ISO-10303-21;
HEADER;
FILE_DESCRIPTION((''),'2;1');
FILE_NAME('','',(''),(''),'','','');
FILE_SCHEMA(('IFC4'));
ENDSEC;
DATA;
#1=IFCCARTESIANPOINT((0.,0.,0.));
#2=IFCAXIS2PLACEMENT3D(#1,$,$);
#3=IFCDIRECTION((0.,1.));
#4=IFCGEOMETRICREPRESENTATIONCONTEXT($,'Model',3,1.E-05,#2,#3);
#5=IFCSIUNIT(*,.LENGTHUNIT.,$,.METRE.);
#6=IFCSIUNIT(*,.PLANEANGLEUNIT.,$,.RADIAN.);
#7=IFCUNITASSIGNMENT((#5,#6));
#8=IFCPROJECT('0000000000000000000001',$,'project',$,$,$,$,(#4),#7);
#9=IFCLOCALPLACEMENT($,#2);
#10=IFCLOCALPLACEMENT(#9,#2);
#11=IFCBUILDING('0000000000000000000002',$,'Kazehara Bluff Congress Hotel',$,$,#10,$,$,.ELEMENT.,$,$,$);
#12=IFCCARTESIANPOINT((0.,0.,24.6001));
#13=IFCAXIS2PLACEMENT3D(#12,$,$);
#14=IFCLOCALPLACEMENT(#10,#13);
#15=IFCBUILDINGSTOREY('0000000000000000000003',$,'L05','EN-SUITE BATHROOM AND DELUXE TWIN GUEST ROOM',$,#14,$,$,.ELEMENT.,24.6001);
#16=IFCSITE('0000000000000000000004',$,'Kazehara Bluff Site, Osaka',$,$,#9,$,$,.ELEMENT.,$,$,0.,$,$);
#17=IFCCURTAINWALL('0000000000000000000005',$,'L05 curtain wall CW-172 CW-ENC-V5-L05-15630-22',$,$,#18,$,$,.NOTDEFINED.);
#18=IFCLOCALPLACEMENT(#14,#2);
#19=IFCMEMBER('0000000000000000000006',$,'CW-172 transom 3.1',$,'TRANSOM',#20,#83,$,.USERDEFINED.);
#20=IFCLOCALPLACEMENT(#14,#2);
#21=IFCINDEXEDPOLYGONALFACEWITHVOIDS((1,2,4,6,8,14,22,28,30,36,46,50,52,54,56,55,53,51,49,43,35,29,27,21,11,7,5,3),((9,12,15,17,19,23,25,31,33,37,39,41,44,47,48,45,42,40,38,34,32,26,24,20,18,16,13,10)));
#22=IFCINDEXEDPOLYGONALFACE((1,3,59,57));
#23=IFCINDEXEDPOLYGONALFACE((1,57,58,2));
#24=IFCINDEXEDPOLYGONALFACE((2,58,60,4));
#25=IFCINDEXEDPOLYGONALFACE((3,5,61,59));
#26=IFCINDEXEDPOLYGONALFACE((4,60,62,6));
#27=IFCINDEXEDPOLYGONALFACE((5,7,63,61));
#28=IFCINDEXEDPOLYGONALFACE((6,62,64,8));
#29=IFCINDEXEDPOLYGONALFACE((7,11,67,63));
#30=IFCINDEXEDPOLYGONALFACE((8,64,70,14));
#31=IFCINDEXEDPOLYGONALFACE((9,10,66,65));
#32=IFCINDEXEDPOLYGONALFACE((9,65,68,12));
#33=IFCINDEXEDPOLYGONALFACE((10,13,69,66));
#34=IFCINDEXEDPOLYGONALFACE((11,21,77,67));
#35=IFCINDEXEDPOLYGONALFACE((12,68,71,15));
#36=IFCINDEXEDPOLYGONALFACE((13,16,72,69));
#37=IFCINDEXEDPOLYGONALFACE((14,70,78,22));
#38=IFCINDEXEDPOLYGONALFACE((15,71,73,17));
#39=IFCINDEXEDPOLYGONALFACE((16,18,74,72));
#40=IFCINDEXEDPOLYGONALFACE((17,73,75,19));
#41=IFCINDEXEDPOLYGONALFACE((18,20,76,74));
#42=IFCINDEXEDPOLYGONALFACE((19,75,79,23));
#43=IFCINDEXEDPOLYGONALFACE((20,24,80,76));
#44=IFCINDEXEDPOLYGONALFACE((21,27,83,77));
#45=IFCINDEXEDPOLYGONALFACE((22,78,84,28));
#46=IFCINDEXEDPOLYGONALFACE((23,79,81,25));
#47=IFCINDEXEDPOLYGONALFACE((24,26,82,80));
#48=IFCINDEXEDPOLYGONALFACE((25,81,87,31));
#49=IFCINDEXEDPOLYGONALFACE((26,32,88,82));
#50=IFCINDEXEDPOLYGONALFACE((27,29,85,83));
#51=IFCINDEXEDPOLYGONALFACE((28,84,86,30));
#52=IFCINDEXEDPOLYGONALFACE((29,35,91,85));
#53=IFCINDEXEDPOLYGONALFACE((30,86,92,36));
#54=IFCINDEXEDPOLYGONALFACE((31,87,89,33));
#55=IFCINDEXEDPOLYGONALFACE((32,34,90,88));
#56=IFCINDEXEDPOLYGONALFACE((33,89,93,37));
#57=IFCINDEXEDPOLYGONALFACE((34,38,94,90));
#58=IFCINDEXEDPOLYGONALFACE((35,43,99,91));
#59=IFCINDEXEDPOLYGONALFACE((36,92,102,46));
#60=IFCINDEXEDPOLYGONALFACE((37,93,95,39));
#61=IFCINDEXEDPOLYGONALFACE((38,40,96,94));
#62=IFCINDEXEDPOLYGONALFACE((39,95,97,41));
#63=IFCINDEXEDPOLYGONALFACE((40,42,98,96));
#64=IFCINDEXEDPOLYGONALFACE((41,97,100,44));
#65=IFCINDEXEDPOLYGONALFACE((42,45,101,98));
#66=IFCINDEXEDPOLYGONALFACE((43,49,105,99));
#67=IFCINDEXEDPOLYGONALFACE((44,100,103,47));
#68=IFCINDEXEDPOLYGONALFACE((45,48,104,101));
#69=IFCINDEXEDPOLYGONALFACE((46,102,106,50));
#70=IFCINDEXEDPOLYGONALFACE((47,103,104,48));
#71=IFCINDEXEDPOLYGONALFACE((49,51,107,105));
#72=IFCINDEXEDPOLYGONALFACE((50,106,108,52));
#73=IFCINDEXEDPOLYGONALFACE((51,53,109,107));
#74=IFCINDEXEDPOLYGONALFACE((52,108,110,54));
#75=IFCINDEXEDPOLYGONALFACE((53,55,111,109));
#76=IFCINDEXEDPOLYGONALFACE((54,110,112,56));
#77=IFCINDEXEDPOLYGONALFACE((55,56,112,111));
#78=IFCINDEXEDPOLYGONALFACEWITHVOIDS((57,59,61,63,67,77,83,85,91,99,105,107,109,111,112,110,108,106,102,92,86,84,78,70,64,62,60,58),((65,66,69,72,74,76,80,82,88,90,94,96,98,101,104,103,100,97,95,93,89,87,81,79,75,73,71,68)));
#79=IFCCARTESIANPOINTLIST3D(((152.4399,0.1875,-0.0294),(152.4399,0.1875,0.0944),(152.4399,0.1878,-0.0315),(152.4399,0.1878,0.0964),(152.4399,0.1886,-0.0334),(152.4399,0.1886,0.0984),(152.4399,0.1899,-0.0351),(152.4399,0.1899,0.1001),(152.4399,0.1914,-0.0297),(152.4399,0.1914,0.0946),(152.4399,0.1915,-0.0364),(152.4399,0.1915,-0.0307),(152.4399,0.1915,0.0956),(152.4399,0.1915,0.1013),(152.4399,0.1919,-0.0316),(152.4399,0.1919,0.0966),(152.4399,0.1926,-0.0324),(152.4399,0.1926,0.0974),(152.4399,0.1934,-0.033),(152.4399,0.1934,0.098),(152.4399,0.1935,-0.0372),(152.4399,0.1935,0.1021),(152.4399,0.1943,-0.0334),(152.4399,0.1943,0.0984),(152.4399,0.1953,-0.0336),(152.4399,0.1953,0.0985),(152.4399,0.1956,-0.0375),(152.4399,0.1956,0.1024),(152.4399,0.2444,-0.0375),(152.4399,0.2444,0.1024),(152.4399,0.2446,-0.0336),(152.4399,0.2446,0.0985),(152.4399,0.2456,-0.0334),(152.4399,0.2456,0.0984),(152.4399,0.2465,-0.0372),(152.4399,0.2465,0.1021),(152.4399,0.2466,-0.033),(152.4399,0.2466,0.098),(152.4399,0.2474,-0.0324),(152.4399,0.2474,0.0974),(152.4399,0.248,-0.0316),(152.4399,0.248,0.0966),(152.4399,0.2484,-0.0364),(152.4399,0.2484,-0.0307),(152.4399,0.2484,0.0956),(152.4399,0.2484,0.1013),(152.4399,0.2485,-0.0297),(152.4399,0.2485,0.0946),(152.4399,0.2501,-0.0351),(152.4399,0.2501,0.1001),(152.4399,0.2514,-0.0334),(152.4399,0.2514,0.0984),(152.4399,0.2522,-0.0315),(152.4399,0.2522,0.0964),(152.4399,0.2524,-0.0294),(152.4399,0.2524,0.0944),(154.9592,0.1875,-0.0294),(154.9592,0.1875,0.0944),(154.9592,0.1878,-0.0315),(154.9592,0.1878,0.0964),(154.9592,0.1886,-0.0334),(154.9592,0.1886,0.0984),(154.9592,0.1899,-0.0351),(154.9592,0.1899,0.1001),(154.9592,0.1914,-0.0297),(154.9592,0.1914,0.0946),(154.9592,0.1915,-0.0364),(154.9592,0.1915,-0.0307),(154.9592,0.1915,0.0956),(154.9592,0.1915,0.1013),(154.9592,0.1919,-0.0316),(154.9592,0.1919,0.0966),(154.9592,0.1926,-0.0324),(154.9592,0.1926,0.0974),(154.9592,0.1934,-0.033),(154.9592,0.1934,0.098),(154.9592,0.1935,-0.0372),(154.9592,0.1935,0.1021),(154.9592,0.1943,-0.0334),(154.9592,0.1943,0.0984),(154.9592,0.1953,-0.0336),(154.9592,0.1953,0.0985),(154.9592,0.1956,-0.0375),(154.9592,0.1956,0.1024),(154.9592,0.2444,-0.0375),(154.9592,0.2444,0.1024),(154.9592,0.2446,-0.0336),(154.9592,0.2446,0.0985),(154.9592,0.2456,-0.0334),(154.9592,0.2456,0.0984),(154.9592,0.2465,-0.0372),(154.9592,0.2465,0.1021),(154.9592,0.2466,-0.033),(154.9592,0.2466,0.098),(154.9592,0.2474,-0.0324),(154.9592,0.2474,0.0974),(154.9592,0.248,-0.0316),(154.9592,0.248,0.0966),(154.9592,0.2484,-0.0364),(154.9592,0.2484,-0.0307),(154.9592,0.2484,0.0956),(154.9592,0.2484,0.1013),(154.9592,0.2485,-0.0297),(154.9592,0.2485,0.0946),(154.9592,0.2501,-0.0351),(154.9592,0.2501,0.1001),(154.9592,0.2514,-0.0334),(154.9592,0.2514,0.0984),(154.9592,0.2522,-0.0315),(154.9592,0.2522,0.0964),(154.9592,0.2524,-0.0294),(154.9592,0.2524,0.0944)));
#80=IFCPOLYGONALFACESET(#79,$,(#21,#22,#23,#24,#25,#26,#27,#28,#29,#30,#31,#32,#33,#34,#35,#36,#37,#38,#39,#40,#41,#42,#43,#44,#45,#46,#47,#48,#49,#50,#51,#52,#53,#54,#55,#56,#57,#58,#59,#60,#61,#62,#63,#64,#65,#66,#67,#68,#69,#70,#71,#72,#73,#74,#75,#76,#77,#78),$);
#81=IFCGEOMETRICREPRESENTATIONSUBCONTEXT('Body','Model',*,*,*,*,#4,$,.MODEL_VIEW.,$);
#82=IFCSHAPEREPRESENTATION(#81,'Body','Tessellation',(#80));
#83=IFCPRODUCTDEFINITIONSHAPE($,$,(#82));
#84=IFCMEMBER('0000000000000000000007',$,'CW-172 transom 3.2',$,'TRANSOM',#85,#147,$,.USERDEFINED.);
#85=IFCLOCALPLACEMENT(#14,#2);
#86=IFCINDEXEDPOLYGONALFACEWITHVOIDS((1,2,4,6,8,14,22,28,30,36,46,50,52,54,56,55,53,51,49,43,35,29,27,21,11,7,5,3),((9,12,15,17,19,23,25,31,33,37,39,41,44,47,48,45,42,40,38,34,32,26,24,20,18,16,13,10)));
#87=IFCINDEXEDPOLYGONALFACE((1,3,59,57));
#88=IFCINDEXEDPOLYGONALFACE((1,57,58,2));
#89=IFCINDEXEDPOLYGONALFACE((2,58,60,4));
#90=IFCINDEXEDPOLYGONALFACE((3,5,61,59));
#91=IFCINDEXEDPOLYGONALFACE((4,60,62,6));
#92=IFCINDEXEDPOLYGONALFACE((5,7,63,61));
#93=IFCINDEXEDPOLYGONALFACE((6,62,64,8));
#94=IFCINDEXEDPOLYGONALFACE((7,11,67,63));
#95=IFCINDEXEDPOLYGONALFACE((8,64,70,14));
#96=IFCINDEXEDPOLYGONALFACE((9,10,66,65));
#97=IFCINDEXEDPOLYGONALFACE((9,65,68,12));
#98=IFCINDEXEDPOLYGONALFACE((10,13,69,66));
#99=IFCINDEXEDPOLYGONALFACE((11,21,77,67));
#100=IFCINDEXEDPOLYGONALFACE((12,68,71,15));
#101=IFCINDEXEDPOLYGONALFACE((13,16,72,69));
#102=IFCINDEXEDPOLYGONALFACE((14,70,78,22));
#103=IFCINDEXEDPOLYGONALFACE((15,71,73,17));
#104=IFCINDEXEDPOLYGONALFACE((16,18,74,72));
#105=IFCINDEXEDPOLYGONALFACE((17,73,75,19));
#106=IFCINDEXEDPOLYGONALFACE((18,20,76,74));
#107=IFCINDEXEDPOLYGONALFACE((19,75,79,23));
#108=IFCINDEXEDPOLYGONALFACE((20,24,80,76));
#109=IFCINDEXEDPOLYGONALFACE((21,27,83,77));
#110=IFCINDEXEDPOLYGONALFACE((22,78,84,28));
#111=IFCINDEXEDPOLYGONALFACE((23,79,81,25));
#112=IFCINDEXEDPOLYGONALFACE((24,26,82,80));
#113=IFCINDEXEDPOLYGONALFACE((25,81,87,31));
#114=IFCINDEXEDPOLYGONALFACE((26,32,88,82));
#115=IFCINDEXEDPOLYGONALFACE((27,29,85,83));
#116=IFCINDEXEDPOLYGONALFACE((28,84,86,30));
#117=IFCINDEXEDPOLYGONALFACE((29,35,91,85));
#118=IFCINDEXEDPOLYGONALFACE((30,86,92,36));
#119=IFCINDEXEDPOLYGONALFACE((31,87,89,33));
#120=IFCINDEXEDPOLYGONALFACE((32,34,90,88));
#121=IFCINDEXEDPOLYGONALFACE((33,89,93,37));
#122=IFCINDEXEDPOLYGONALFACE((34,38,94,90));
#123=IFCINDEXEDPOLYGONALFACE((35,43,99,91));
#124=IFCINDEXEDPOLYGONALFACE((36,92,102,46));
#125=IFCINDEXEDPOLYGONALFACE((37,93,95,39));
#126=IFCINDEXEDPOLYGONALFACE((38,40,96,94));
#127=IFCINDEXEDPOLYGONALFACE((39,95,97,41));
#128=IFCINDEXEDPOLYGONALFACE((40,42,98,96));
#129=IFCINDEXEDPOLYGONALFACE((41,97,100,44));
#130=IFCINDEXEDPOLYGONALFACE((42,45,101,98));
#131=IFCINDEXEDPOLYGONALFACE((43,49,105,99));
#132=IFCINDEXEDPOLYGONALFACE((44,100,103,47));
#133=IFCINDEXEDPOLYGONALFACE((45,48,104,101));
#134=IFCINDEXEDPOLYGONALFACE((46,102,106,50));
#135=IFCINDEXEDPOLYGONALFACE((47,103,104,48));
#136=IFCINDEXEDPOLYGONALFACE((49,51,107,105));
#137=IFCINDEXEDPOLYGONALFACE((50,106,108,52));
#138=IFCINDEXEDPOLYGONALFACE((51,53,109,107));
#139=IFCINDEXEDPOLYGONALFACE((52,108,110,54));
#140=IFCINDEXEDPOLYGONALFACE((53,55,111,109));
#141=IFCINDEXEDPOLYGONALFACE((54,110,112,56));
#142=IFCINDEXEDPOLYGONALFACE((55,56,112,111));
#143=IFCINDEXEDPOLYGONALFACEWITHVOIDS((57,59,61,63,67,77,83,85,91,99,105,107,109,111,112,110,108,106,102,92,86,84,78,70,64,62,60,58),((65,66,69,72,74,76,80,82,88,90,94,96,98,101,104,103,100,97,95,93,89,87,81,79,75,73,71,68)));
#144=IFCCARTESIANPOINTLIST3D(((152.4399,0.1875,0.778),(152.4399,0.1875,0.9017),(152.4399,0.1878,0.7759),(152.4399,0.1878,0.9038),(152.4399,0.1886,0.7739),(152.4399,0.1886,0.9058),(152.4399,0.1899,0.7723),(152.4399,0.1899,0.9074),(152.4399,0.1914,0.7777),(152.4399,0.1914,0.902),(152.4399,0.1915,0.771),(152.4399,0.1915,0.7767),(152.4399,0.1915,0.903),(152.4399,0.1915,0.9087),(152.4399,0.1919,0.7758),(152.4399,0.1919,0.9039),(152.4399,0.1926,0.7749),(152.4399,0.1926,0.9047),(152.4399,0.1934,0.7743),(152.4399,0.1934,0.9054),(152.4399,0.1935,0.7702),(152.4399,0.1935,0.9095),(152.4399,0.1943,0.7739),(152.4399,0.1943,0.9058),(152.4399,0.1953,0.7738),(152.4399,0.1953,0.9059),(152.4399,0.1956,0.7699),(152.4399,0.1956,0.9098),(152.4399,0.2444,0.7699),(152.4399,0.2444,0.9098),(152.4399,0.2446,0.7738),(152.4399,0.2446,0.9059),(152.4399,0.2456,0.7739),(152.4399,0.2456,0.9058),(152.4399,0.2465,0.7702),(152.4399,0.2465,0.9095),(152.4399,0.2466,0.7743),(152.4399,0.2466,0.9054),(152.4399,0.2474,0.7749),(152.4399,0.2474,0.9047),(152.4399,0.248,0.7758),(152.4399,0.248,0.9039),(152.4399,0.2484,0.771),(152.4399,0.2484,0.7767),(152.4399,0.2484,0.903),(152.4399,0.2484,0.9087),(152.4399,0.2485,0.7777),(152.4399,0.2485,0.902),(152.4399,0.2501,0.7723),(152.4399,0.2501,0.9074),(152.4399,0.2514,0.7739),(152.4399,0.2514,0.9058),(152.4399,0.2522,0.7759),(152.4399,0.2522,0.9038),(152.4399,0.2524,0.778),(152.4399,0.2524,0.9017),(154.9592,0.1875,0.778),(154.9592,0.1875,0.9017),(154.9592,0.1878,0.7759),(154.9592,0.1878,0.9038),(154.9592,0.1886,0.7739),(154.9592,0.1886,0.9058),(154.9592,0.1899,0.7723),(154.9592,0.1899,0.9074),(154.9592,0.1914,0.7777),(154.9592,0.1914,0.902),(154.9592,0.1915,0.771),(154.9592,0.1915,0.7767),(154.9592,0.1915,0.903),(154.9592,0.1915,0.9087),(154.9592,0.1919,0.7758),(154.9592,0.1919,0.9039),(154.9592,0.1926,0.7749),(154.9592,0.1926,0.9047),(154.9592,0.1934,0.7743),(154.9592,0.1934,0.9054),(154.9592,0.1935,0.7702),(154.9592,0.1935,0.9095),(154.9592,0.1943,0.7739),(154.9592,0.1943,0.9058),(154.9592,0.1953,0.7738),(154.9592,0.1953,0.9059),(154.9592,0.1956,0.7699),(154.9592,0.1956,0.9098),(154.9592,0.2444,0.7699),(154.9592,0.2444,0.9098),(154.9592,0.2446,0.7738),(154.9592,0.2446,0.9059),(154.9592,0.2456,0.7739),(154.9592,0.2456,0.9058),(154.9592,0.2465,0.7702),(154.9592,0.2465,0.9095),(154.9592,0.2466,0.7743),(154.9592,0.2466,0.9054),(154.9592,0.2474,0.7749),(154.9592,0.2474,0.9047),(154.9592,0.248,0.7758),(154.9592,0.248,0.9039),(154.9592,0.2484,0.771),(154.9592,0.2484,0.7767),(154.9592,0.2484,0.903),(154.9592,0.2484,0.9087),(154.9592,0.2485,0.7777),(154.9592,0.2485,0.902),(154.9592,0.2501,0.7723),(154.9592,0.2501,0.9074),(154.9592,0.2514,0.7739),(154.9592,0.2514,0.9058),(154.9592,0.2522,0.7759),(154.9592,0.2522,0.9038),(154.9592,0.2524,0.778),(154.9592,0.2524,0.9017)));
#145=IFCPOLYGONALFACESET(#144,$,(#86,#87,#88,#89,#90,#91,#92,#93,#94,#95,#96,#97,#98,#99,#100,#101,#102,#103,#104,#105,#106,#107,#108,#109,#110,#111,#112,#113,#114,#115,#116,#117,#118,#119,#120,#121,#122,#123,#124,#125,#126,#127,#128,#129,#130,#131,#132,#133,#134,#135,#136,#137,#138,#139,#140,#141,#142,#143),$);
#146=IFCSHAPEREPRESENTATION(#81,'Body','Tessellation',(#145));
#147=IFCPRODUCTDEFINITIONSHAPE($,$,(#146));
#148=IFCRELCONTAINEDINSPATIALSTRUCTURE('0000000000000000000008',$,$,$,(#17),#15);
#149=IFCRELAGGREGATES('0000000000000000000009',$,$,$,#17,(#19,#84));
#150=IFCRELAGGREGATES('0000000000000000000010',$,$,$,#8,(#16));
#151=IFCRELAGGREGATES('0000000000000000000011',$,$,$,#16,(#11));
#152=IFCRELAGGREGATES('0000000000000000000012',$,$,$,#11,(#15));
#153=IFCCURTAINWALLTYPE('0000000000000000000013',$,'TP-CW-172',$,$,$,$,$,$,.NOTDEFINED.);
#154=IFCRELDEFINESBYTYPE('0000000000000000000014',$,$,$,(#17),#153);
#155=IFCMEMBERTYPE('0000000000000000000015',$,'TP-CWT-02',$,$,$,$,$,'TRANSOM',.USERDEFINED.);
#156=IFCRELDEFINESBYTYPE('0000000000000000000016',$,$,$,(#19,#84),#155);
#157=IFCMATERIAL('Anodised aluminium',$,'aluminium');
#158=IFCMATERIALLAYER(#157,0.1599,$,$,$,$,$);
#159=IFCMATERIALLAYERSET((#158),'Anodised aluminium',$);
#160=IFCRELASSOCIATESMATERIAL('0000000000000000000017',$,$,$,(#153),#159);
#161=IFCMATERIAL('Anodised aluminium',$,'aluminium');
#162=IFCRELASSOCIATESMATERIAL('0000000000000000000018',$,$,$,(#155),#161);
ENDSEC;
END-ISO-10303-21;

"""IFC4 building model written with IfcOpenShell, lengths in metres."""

from ifc_helpers import new_model, si_unit, direction, frame, origin, origin_2d, place, context, subcontext, project, spatial, hollow_rectangle, extrude, material, layer, layer_set, material_profile, profile_set, type_object, element, aggregate, save


model = new_model("IFC4")

# Units and contexts
model_context = context("Model", 3, precision=1e-05, world=origin(), true_north=direction((0.0, 1.0)))
body_context = subcontext(model_context, "Body", "Model", "MODEL_VIEW")
ifc_project = project(units=[si_unit("LENGTHUNIT", "METRE"), si_unit("PLANEANGLEUNIT", "RADIAN")], contexts=[model_context])

# Site, building, storey
site_placement = place(None, origin())
site = spatial("IfcSite", under=ifc_project, at=site_placement, Name="Kazehara Bluff Site, Osaka", CompositionType="ELEMENT", RefElevation=0.0)
building_placement = place(site_placement, origin())
building = spatial("IfcBuilding", under=site, at=building_placement, Name="Kazehara Bluff Congress Hotel", CompositionType="ELEMENT")
storey_placement = place(building_placement, frame((0.0, 0.0, 24.6001)))
storey = spatial("IfcBuildingStorey", under=building, at=storey_placement, Name="L05", Description="EN-SUITE BATHROOM AND DELUXE TWIN GUEST ROOM", CompositionType="ELEMENT", Elevation=24.6001)

# Curtain wall, members
ifc_material_1 = material(Name="Anodised aluminium", Category="aluminium")
ifc_layer_1 = layer(ifc_material_1, 0.1599)
ifc_layer_set_1 = layer_set([ifc_layer_1], Name="Anodised aluminium")
curtain_wall_type = type_object("IfcCurtainWallType", Name="TP-CW-172", PredefinedType="NOTDEFINED", material=ifc_layer_set_1)
curtain_wall_placement = place(storey_placement, origin())
curtain_wall = element("IfcCurtainWall", 1, at=curtain_wall_placement, inside=storey, type_object=curtain_wall_type, Name="L05 curtain wall CW-172 CW-ENC-V5-L05-15630-22", PredefinedType="NOTDEFINED")
ifc_material_2 = material(Name="Anodised aluminium", Category="aluminium")
ifc_material_profile_1 = material_profile(ifc_material_2, hollow_rectangle(XDim=0.0649, YDim=0.1399, WallThickness=0.0039, InnerFilletRadius=0.0039, OuterFilletRadius=0.0081, at=origin_2d()))
ifc_profile_set_1 = profile_set([ifc_material_profile_1], Name="Anodised aluminium")
member_type_1 = type_object("IfcMemberType", Name="TP-CWT-02", ElementType="TRANSOM", PredefinedType="USERDEFINED", material=ifc_profile_set_1)
member_1_placement = place(storey_placement, frame((154.9592, 0.22, 0.0325), z_axis=(-1.0, 0.0, 0.0), x_axis=(0.0, -1.0, 0.0)))
member_1 = element("IfcMember", 2, at=member_1_placement, type_object=member_type_1, Name="CW-172 transom 3.1", ObjectType="TRANSOM", PredefinedType="USERDEFINED", context=body_context, shape_type="SweptSolid", body=[
    extrude(hollow_rectangle(XDim=0.0649, YDim=0.1399, WallThickness=0.0039, InnerFilletRadius=0.0039, OuterFilletRadius=0.0081, at=origin_2d()), origin(), (0.0, 0.0, 1.0), 2.5193),
])
member_2_placement = place(storey_placement, frame((154.9592, 0.22, 0.8398), z_axis=(-1.0, 0.0, 0.0), x_axis=(0.0, -1.0, 0.0)))
member_2 = element("IfcMember", 3, at=member_2_placement, type_object=member_type_1, Name="CW-172 transom 3.2", ObjectType="TRANSOM", PredefinedType="USERDEFINED", context=body_context, shape_type="SweptSolid", body=[
    extrude(hollow_rectangle(XDim=0.0649, YDim=0.1399, WallThickness=0.0039, InnerFilletRadius=0.0039, OuterFilletRadius=0.0081, at=origin_2d()), origin(), (0.0, 0.0, 1.0), 2.5193),
])
aggregate(curtain_wall, [member_1, member_2])

save(model, "model.ifc")
